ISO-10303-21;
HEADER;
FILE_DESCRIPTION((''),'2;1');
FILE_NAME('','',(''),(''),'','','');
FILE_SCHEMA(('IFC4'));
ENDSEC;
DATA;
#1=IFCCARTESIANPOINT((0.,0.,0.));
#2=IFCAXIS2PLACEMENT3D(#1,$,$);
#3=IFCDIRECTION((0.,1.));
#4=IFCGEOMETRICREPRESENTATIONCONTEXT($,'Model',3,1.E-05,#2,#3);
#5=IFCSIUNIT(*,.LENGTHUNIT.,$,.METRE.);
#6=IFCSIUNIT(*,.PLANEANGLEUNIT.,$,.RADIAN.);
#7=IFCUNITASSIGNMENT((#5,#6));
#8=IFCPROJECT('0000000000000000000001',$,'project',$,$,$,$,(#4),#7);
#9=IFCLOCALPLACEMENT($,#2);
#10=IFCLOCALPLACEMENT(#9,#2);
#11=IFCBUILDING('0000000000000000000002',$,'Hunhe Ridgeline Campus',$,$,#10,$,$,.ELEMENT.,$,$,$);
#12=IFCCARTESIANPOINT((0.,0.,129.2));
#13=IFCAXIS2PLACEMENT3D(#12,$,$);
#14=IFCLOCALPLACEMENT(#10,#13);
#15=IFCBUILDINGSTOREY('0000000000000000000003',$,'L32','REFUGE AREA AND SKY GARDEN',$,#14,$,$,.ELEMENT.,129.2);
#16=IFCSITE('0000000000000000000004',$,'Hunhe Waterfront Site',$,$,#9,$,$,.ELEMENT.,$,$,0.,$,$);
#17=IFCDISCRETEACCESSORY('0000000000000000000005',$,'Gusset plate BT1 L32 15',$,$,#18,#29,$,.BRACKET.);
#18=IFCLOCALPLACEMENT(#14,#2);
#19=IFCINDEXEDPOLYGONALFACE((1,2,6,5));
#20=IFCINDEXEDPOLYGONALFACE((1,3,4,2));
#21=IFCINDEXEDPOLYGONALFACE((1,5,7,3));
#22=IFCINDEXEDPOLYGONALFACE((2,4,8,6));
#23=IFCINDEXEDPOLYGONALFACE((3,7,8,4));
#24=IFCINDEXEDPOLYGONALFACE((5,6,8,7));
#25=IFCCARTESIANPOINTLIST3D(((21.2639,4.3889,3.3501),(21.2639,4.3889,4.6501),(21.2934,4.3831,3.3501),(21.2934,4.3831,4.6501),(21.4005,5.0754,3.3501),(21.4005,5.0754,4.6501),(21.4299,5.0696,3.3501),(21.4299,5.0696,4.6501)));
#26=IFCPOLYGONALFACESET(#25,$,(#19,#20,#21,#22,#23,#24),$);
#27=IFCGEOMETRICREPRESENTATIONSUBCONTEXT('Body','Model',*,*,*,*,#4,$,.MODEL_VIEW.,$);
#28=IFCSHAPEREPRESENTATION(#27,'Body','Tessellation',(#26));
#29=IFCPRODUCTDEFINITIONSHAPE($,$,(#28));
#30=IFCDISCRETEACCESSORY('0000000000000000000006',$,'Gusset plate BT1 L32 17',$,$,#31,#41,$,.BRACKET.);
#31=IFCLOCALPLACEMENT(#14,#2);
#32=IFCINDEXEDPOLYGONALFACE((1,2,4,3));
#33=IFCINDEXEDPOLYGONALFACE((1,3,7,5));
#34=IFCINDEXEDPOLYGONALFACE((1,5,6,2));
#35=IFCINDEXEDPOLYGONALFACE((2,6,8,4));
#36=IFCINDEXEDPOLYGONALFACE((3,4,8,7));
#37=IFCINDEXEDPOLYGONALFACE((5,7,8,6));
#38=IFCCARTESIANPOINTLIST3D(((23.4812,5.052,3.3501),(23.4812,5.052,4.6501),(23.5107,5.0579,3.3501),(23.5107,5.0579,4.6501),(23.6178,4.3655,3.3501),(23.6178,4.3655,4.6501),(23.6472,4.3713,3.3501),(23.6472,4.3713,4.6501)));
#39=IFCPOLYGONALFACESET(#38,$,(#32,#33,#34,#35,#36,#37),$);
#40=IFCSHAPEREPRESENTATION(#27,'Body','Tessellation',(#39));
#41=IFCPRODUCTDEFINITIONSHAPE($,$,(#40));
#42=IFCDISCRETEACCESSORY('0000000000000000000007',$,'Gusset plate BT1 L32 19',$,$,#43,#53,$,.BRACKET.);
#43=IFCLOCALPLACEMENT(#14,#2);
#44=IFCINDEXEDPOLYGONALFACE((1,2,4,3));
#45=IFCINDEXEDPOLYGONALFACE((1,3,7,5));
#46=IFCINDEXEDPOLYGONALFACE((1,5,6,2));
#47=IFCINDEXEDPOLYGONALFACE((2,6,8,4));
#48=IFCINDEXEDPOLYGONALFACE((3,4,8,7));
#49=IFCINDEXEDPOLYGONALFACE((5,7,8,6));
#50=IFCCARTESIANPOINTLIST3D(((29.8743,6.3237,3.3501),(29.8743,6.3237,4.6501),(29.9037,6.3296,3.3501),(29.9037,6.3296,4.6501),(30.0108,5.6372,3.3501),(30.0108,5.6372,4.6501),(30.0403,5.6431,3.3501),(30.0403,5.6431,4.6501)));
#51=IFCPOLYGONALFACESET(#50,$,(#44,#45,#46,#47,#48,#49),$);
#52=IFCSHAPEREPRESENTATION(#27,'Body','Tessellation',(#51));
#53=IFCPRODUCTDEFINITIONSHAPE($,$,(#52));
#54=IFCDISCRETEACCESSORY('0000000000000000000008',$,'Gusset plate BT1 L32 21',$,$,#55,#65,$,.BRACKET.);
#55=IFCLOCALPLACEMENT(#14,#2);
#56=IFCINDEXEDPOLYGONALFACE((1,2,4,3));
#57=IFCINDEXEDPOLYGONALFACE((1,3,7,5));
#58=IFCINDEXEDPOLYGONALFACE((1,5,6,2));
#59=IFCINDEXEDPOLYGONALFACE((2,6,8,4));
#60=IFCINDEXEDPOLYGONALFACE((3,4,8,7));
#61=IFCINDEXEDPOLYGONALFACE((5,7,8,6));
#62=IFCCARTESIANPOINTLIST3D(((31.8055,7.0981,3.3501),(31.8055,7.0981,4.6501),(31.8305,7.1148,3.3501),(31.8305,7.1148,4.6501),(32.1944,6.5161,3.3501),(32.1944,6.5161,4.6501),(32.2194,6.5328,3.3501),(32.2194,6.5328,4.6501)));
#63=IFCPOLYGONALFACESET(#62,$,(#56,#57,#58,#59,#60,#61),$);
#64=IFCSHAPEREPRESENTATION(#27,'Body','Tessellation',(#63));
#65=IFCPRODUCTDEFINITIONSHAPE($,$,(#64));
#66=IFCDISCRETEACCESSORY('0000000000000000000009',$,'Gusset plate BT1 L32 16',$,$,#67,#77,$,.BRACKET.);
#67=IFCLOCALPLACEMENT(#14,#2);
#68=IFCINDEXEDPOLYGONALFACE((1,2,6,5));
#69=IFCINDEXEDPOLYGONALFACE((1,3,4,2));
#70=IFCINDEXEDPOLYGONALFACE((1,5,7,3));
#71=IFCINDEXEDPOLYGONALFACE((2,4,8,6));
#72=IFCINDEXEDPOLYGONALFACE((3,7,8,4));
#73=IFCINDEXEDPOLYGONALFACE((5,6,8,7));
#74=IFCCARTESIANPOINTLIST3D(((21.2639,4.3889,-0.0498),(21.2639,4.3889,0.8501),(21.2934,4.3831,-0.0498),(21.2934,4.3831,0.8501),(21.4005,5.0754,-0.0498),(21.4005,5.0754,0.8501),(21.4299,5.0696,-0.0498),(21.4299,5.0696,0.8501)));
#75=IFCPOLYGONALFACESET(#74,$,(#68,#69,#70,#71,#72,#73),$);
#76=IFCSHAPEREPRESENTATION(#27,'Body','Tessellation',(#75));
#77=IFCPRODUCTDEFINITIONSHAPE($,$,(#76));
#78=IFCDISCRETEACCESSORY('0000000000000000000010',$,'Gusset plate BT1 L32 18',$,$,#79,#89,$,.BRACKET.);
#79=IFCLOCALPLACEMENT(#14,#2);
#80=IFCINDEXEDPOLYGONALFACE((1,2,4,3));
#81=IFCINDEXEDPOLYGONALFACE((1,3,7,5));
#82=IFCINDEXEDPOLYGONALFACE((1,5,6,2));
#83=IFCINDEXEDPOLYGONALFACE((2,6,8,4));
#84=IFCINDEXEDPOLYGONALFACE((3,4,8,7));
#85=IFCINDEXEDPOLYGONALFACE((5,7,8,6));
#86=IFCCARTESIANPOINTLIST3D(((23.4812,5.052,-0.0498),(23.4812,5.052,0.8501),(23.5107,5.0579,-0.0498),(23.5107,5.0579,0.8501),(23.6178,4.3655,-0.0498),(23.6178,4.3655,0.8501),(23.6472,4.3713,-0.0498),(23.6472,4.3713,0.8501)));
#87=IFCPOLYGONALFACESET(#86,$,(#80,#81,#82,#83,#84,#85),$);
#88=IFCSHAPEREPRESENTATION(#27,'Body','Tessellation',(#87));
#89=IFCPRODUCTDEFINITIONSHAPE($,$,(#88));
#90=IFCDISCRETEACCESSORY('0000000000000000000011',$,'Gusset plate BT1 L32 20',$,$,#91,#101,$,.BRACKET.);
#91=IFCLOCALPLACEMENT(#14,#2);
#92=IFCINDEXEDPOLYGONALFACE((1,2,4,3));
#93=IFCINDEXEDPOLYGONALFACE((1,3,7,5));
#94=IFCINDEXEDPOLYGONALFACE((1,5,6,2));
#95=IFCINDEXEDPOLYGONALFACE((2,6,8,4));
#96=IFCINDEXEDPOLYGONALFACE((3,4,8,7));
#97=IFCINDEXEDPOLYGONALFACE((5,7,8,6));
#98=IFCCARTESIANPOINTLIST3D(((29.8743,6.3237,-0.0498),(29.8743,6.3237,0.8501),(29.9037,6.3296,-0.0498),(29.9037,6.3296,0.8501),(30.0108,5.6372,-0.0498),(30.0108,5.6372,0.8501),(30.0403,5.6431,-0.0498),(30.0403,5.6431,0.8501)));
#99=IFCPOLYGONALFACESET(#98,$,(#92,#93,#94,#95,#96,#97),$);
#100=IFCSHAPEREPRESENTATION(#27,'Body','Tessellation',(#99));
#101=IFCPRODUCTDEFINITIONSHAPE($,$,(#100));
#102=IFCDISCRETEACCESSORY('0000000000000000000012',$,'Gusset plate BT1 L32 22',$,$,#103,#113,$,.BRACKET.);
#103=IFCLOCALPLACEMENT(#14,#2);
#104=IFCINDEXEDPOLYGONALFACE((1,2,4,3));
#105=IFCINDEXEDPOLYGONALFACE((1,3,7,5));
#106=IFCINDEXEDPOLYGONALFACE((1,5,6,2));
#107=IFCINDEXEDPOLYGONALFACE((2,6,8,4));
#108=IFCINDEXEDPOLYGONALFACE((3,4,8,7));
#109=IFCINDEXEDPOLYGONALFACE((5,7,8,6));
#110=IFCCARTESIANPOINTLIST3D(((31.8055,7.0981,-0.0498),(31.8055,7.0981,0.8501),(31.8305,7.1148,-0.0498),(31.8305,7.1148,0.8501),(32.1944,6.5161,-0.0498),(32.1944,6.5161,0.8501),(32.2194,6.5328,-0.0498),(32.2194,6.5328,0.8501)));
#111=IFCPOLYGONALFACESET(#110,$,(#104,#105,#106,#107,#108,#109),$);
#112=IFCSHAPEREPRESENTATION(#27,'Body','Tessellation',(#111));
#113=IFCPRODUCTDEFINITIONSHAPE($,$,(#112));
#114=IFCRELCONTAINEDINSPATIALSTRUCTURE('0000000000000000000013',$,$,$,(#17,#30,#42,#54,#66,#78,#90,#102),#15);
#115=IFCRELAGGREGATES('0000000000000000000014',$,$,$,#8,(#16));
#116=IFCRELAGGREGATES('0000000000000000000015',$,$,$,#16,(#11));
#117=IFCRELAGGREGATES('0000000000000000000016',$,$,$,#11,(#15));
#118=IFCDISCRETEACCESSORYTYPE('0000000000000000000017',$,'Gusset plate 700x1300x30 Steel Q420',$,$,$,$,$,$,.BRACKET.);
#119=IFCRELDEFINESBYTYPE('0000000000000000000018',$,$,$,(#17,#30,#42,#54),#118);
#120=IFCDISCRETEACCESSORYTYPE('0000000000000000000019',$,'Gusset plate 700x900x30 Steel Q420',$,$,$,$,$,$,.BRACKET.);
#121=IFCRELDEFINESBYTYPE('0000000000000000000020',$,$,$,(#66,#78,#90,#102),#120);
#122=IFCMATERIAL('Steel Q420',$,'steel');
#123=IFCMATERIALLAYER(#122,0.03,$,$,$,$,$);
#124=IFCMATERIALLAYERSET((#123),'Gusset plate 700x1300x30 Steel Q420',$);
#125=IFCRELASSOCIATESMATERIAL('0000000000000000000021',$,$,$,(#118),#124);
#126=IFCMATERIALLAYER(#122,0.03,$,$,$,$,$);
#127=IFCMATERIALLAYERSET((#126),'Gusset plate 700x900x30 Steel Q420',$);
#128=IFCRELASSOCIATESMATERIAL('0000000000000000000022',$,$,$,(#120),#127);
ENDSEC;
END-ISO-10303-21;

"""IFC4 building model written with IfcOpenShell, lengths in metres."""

from ifc_helpers import new_model, si_unit, direction, frame, origin, origin_2d, place, context, subcontext, project, spatial, rectangle, extrude, material, layer, layer_set, type_object, element, save


model = new_model("IFC4")

# Units and contexts
model_context = context("Model", 3, precision=1e-05, world=origin(), true_north=direction((0.0, 1.0)))
body_context = subcontext(model_context, "Body", "Model", "MODEL_VIEW")
ifc_project = project(units=[si_unit("LENGTHUNIT", "METRE"), si_unit("PLANEANGLEUNIT", "RADIAN")], contexts=[model_context])

# Site, building, storey
site_placement = place(None, origin())
site = spatial("IfcSite", under=ifc_project, at=site_placement, Name="Hunhe Waterfront Site", CompositionType="ELEMENT", RefElevation=0.0)
building_placement = place(site_placement, origin())
building = spatial("IfcBuilding", under=site, at=building_placement, Name="Hunhe Ridgeline Campus", CompositionType="ELEMENT")
storey_placement = place(building_placement, frame((0.0, 0.0, 129.2)))
storey = spatial("IfcBuildingStorey", under=building, at=storey_placement, Name="L32", Description="REFUGE AREA AND SKY GARDEN", CompositionType="ELEMENT", Elevation=129.2)

# Shared definitions
ifc_material_1 = material(Name="Steel Q420", Category="steel")

# Discrete accessories
ifc_layer_1 = layer(ifc_material_1, 0.03)
ifc_layer_set_1 = layer_set([ifc_layer_1], Name="Gusset plate 700x1300x30 Steel Q420")
discrete_accessory_type_1 = type_object("IfcDiscreteAccessoryType", Name="Gusset plate 700x1300x30 Steel Q420", PredefinedType="BRACKET", material=ifc_layer_set_1)
for number, where, z_axis, x_axis, name in (
    (1, (21.3469, 4.7292, 3.3501), (0.0, 0.0, 1.0), (0.980785, -0.19509, 0.0), "Gusset plate BT1 L32 15"),
    (2, (23.5642, 4.7117, 3.3501), (0.0, 0.0, 1.0), (-0.980785, -0.19509, 0.0), "Gusset plate BT1 L32 17"),
    (3, (29.9573, 5.9834, 3.3501), (0.0, 0.0, 1.0), (0.980785, 0.19509, 0.0), "Gusset plate BT1 L32 19"),
    (4, (32.0125, 6.8154, 3.3501), (0.0, 0.0, 1.0), (-0.83147, -0.55557, 0.0), "Gusset plate BT1 L32 21"),
):
    element("IfcDiscreteAccessory", number, at=place(storey_placement, frame(where, z_axis=z_axis, x_axis=x_axis)), inside=storey, type_object=discrete_accessory_type_1, Name=name, PredefinedType="BRACKET", context=body_context, shape_type="SweptSolid", body=[
        extrude(rectangle(XDim=0.03, YDim=0.7, at=origin_2d()), origin(), (0.0, 0.0, 1.0), 1.3),
    ])
ifc_layer_2 = layer(ifc_material_1, 0.03)
ifc_layer_set_2 = layer_set([ifc_layer_2], Name="Gusset plate 700x900x30 Steel Q420")
discrete_accessory_type_2 = type_object("IfcDiscreteAccessoryType", Name="Gusset plate 700x900x30 Steel Q420", PredefinedType="BRACKET", material=ifc_layer_set_2)
for number, where, z_axis, x_axis, name in (
    (5, (21.3469, 4.7292, -0.0498), (0.0, 0.0, 1.0), (0.980785, -0.19509, 0.0), "Gusset plate BT1 L32 16"),
    (6, (23.5642, 4.7117, -0.0498), (0.0, 0.0, 1.0), (-0.980785, -0.19509, 0.0), "Gusset plate BT1 L32 18"),
    (7, (29.9573, 5.9834, -0.0498), (0.0, 0.0, 1.0), (0.980785, 0.19509, 0.0), "Gusset plate BT1 L32 20"),
    (8, (32.0125, 6.8154, -0.0498), (0.0, 0.0, 1.0), (-0.83147, -0.55557, 0.0), "Gusset plate BT1 L32 22"),
):
    element("IfcDiscreteAccessory", number, at=place(storey_placement, frame(where, z_axis=z_axis, x_axis=x_axis)), inside=storey, type_object=discrete_accessory_type_2, Name=name, PredefinedType="BRACKET", context=body_context, shape_type="SweptSolid", body=[
        extrude(rectangle(XDim=0.03, YDim=0.7, at=origin_2d()), origin(), (0.0, 0.0, 1.0), 0.8999),
    ])

save(model, "model.ifc")
